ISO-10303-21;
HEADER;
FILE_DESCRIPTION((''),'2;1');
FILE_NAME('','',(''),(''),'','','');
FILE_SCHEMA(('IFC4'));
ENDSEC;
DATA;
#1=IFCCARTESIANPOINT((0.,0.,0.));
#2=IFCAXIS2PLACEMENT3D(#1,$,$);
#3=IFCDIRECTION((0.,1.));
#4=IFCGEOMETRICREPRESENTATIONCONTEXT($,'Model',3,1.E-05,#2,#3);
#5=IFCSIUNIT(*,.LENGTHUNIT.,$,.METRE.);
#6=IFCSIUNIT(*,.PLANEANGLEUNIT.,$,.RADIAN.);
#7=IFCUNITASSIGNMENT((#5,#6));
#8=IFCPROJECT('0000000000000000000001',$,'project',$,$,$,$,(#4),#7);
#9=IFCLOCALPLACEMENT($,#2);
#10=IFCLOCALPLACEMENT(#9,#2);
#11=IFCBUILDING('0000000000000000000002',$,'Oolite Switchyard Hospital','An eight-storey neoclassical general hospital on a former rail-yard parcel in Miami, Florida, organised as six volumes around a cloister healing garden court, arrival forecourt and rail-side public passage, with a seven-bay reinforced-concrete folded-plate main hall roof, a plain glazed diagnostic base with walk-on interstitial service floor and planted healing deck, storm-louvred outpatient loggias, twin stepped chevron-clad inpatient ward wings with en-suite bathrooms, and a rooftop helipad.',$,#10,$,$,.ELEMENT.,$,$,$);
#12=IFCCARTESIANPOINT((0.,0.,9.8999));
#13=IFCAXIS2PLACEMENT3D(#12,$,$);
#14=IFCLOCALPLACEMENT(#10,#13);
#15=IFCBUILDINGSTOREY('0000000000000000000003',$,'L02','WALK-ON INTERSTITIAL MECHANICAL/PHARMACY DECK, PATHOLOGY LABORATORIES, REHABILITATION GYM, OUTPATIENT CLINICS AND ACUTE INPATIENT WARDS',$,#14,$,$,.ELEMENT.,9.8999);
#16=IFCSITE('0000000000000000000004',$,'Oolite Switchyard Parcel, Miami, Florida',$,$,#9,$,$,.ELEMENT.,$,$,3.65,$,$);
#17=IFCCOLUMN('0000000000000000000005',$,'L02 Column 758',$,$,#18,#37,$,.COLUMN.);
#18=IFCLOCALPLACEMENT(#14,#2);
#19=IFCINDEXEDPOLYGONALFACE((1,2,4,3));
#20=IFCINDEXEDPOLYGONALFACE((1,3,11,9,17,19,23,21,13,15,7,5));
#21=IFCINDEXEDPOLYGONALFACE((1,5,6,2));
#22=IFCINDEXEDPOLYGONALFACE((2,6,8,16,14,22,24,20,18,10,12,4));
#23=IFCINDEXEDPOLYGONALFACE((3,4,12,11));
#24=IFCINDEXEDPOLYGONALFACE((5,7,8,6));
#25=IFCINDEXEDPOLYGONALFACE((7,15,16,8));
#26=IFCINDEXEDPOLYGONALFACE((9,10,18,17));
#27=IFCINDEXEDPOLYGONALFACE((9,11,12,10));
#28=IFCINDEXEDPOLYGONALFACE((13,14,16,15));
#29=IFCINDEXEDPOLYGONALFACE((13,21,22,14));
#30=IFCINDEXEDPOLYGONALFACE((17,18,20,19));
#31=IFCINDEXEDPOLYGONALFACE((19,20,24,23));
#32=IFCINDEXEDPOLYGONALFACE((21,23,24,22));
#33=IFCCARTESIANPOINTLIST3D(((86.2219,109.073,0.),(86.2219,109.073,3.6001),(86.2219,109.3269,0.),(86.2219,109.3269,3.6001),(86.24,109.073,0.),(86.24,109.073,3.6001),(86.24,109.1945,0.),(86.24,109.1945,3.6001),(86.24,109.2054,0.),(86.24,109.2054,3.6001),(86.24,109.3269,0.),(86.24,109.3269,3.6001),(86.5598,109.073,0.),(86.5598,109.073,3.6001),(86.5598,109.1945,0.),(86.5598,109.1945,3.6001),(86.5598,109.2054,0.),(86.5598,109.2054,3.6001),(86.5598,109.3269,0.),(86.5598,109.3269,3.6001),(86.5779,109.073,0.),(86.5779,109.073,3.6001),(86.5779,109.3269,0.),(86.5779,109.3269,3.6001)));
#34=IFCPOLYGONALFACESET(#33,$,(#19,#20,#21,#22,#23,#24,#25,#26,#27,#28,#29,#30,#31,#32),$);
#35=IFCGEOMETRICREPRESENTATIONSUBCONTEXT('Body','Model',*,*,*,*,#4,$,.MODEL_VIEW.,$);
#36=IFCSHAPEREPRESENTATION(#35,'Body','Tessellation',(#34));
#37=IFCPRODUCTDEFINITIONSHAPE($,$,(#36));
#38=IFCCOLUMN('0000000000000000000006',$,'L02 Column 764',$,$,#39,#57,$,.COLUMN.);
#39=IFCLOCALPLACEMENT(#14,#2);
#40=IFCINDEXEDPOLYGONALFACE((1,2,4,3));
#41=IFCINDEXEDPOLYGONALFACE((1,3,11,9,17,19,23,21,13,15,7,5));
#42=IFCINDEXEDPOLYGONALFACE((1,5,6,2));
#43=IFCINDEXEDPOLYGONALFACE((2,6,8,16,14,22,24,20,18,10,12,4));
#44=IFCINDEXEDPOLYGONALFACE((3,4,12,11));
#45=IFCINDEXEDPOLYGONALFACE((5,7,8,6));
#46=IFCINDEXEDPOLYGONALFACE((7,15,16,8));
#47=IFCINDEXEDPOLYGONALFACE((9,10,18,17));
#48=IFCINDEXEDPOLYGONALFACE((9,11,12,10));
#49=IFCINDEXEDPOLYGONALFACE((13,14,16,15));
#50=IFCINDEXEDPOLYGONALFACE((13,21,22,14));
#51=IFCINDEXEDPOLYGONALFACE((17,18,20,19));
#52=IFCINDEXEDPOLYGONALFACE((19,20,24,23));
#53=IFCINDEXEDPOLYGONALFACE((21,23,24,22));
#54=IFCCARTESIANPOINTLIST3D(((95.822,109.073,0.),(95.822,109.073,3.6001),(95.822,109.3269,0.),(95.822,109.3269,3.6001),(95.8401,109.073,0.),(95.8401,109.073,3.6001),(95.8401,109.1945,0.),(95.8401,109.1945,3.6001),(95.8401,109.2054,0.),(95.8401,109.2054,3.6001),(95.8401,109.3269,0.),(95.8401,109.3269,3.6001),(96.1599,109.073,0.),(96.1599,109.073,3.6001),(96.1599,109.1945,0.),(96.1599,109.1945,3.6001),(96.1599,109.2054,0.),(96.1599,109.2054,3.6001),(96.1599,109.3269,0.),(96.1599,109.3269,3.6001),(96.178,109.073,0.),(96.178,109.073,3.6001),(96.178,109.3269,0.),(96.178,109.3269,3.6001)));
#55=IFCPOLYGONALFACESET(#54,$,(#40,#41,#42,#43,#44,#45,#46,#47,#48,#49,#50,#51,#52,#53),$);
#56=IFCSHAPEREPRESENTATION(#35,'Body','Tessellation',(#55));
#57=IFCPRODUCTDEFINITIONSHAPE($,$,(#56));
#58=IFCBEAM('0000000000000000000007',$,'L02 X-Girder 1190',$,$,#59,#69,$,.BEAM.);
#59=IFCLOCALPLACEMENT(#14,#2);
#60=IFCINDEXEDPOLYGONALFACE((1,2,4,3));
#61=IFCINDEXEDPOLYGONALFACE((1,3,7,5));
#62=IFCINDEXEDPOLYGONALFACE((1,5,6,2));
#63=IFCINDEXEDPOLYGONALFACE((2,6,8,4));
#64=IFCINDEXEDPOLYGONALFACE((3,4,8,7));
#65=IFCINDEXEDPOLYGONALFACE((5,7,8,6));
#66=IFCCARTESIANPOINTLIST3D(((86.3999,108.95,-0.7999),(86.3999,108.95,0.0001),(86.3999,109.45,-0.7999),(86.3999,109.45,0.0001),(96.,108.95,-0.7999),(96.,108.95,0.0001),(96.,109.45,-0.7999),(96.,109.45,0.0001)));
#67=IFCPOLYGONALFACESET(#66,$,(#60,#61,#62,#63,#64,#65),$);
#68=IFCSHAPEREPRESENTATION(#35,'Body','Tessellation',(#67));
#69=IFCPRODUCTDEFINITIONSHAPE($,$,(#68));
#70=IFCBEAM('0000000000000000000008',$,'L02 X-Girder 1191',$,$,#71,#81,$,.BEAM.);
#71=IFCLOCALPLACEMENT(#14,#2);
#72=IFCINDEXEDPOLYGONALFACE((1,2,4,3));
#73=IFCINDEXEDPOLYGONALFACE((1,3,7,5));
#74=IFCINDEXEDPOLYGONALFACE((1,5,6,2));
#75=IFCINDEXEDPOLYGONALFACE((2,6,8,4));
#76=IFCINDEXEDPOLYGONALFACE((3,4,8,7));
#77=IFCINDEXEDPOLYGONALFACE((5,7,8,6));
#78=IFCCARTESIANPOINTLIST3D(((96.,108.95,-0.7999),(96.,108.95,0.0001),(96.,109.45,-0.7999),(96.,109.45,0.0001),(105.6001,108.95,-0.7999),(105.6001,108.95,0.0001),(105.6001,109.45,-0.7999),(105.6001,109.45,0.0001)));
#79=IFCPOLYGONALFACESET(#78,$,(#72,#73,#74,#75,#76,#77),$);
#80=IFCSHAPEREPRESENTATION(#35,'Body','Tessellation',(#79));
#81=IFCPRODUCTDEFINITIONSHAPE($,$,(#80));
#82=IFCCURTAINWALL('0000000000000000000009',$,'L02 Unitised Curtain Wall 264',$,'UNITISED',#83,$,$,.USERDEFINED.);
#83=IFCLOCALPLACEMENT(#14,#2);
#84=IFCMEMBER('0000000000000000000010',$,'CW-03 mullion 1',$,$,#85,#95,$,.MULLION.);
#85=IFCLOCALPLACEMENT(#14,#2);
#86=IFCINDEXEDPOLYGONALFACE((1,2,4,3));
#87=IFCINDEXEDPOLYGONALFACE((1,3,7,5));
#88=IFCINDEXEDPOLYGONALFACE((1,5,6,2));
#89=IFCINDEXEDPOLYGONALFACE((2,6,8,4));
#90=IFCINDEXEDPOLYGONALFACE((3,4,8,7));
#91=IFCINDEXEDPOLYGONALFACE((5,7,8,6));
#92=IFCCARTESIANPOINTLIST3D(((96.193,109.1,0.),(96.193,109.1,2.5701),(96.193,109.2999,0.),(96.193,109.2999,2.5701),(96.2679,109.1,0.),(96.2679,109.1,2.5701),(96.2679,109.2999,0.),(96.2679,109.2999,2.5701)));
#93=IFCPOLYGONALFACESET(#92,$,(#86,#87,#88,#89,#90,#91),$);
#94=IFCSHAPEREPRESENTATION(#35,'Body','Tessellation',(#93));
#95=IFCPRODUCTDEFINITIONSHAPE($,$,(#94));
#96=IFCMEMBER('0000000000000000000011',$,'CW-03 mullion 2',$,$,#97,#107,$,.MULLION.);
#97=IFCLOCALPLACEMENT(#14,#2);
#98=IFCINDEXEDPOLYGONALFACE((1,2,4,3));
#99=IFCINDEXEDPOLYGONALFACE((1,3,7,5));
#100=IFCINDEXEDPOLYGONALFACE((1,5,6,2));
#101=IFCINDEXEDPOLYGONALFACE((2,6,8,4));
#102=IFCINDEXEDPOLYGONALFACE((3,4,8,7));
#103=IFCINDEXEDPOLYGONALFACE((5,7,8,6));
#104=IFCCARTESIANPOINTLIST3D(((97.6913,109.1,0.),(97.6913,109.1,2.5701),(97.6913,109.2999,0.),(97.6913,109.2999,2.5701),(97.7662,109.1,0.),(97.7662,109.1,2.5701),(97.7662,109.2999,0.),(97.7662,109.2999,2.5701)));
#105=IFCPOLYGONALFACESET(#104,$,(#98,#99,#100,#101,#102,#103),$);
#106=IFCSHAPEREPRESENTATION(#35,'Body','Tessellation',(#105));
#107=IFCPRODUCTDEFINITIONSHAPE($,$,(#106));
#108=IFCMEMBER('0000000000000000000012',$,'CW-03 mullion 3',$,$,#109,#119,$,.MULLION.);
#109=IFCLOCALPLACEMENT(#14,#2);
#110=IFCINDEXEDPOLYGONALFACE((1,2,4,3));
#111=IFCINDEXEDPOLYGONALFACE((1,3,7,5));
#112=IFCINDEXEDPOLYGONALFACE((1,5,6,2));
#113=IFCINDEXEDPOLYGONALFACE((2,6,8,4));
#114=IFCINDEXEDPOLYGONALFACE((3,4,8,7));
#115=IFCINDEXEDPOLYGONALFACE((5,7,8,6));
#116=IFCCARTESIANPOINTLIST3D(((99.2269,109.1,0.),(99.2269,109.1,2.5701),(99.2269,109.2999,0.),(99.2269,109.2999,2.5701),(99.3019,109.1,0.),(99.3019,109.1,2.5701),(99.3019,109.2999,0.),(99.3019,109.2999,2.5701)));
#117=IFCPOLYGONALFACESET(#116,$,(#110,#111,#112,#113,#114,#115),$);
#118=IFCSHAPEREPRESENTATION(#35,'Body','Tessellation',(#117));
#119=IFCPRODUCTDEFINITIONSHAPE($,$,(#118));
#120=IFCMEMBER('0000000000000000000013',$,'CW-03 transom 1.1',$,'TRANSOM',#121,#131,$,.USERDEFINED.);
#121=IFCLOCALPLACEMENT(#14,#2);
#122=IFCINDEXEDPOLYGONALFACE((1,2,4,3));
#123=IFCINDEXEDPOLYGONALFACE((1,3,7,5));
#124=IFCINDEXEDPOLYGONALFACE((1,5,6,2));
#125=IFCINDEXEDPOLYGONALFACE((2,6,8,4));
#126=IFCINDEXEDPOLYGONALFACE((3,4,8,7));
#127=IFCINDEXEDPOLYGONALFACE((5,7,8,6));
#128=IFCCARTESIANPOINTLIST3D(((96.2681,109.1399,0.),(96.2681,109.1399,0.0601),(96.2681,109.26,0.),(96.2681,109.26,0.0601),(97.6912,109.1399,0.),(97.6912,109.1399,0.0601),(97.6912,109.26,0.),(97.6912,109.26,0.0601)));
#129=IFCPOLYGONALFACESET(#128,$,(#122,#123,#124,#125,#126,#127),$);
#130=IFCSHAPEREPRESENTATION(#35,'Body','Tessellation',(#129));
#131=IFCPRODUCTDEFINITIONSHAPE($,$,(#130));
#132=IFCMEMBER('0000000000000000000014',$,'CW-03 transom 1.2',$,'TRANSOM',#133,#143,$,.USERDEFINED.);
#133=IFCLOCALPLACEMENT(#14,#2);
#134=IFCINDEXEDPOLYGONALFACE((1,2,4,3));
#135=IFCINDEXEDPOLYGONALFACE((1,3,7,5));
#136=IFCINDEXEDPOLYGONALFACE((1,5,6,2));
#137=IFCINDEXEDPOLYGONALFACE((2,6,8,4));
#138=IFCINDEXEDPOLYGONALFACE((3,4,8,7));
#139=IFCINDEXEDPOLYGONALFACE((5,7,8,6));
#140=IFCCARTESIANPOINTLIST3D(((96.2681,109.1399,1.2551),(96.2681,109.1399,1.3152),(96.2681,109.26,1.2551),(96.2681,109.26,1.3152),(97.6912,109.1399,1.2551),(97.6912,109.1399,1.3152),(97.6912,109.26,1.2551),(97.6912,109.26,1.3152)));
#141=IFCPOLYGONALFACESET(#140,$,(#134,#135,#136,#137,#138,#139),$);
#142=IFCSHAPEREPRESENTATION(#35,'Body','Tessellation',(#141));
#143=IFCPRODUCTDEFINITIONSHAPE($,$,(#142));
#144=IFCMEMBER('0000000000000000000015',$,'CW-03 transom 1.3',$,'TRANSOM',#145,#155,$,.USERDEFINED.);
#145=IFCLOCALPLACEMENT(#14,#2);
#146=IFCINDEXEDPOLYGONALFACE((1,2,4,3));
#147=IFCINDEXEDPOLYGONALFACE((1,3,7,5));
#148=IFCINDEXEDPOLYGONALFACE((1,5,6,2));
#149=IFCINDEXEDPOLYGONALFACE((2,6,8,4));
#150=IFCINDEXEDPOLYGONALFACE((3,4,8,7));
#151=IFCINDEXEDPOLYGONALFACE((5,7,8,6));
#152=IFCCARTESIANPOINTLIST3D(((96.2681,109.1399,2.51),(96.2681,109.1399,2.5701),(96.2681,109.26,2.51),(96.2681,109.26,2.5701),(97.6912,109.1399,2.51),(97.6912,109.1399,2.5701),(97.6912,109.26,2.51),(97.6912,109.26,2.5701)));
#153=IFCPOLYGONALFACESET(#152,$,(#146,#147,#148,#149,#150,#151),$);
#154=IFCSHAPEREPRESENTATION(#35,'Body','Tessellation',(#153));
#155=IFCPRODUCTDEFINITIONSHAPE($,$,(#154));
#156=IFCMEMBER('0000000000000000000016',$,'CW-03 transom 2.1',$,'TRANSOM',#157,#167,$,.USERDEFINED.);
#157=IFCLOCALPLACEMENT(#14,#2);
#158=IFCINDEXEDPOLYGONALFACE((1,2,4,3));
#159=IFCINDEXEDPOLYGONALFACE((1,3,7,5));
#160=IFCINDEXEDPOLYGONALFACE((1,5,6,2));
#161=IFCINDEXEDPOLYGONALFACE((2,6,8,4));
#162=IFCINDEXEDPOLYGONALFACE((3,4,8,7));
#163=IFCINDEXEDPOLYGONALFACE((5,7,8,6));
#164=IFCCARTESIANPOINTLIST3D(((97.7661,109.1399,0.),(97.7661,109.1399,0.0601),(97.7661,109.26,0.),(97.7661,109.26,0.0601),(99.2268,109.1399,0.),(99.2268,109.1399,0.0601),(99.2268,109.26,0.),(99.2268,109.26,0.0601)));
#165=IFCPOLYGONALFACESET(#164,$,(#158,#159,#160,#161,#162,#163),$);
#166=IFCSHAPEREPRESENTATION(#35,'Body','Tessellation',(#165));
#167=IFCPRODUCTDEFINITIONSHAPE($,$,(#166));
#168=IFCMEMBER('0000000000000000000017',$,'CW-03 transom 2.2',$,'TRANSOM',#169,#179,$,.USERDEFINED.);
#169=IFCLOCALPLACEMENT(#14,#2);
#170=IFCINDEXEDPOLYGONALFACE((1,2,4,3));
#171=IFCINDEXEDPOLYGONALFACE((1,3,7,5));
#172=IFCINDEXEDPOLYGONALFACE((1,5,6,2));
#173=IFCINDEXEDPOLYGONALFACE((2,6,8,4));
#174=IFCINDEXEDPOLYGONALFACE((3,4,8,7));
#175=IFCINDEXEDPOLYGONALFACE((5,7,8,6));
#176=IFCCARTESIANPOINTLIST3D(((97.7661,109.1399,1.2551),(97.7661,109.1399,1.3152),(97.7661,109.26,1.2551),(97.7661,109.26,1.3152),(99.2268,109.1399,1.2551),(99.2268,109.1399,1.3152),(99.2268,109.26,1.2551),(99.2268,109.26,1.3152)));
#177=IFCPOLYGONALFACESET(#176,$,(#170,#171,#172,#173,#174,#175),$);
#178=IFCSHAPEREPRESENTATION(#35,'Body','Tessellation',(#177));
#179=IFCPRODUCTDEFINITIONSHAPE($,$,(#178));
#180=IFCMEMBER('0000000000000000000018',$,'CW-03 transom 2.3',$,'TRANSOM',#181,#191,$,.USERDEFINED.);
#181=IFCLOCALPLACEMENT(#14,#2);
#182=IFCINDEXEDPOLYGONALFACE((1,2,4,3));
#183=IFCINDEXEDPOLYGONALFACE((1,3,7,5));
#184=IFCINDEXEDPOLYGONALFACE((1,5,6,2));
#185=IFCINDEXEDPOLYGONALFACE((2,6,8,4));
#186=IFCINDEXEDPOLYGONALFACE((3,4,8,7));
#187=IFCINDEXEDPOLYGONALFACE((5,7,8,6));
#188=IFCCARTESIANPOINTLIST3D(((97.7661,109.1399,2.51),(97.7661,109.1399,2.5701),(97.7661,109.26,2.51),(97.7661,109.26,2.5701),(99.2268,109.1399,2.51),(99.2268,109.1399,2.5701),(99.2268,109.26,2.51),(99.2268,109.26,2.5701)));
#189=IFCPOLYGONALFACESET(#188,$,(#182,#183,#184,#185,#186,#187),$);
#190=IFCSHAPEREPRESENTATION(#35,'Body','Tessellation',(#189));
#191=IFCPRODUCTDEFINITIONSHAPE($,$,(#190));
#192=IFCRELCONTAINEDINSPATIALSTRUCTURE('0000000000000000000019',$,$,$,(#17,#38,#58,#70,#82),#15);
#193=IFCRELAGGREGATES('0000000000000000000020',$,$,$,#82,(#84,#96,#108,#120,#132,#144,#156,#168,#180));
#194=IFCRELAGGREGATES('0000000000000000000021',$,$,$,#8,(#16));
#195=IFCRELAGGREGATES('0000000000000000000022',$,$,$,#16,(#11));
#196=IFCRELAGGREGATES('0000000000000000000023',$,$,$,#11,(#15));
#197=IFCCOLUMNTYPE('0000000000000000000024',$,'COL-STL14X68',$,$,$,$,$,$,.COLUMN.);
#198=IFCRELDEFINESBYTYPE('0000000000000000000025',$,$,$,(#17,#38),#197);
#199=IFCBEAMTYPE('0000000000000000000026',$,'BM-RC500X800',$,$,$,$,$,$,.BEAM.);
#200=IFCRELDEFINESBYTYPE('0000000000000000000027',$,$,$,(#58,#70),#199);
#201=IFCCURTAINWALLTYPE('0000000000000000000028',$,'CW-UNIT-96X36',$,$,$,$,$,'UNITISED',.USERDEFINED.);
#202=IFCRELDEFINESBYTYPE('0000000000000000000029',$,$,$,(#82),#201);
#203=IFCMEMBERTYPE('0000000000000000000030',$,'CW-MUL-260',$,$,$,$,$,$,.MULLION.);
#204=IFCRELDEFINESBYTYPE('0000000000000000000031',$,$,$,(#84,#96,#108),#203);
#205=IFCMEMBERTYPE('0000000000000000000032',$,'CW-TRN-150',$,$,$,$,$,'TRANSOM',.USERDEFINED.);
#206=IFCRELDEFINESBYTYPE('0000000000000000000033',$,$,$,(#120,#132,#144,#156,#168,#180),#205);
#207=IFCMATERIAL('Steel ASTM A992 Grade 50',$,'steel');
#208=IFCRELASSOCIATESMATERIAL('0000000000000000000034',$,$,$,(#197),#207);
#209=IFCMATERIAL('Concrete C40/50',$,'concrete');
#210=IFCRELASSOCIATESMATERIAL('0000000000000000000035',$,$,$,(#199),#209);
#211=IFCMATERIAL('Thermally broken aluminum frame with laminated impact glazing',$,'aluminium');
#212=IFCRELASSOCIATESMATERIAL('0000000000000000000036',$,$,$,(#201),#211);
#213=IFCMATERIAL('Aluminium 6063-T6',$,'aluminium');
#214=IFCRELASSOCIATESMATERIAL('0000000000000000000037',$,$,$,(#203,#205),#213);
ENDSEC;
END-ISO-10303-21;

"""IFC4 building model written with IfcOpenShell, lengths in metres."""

from ifc_helpers import new_model, si_unit, direction, frame, origin, origin_2d, place, context, subcontext, project, spatial, rectangle, i_section, extrude, material, material_profile, profile_set, type_object, element, aggregate, save


model = new_model("IFC4")

# Units and contexts
model_context = context("Model", 3, precision=1e-05, world=origin(), true_north=direction((0.0, 1.0)))
body_context = subcontext(model_context, "Body", "Model", "MODEL_VIEW")
ifc_project = project(units=[si_unit("LENGTHUNIT", "METRE"), si_unit("PLANEANGLEUNIT", "RADIAN")], contexts=[model_context])

# Site, building, storey
site_placement = place(None, origin())
site = spatial("IfcSite", under=ifc_project, at=site_placement, Name="Oolite Switchyard Parcel, Miami, Florida", CompositionType="ELEMENT", RefElevation=3.65)
building_placement = place(site_placement, origin())
building = spatial("IfcBuilding", under=site, at=building_placement, Name="Oolite Switchyard Hospital", Description="An eight-storey neoclassical general hospital on a former rail-yard parcel in Miami, Florida, organised as six volumes around a cloister healing garden court, arrival forecourt and rail-side public passage, with a seven-bay reinforced-concrete folded-plate main hall roof, a plain glazed diagnostic base with walk-on interstitial service floor and planted healing deck, storm-louvred outpatient loggias, twin stepped chevron-clad inpatient ward wings with en-suite bathrooms, and a rooftop helipad.", CompositionType="ELEMENT")
storey_placement = place(building_placement, frame((0.0, 0.0, 9.8999)))
storey = spatial("IfcBuildingStorey", under=building, at=storey_placement, Name="L02", Description="WALK-ON INTERSTITIAL MECHANICAL/PHARMACY DECK, PATHOLOGY LABORATORIES, REHABILITATION GYM, OUTPATIENT CLINICS AND ACUTE INPATIENT WARDS", CompositionType="ELEMENT", Elevation=9.8999)

# Columns
ifc_material_1 = material(Name="Steel ASTM A992 Grade 50", Category="steel")
ifc_material_profile_1 = material_profile(ifc_material_1, i_section(OverallWidth=0.2539, OverallDepth=0.356, WebThickness=0.011, FlangeThickness=0.0181, at=origin_2d()), Name="W14X68")
ifc_profile_set_1 = profile_set([ifc_material_profile_1], Name="Steel ASTM A992 Grade 50")
column_type = type_object("IfcColumnType", Name="COL-STL14X68", PredefinedType="COLUMN", material=ifc_profile_set_1)
for number, where, z_axis, x_axis, name in (
    (1, (86.3999, 109.2, 0.0), (0.0, 0.0, 1.0), (0.0, -1.0, 0.0), "L02 Column 758"),
    (2, (96.0, 109.2, 0.0), (0.0, 0.0, 1.0), (0.0, -1.0, 0.0), "L02 Column 764"),
):
    element("IfcColumn", number, at=place(storey_placement, frame(where, z_axis=z_axis, x_axis=x_axis)), inside=storey, type_object=column_type, Name=name, PredefinedType="COLUMN", context=body_context, shape_type="SweptSolid", body=[
        extrude(i_section(OverallWidth=0.2539, OverallDepth=0.356, WebThickness=0.011, FlangeThickness=0.0181, at=origin_2d()), origin(), (0.0, 0.0, 1.0), 3.6001),
    ])

# Beams
ifc_material_2 = material(Name="Concrete C40/50", Category="concrete")
ifc_material_profile_2 = material_profile(ifc_material_2, rectangle(XDim=0.5, YDim=0.8, at=origin_2d()), Name="RCB500X800")
ifc_profile_set_2 = profile_set([ifc_material_profile_2], Name="Concrete C40/50")
beam_type = type_object("IfcBeamType", Name="BM-RC500X800", PredefinedType="BEAM", material=ifc_profile_set_2)
for number, where, z_axis, x_axis, name in (
    (3, (86.3999, 109.2, -0.3999), (1.0, 0.0, 0.0), (0.0, 1.0, 0.0), "L02 X-Girder 1190"),
    (4, (96.0, 109.2, -0.3999), (1.0, 0.0, 0.0), (0.0, 1.0, 0.0), "L02 X-Girder 1191"),
):
    element("IfcBeam", number, at=place(storey_placement, frame(where, z_axis=z_axis, x_axis=x_axis)), inside=storey, type_object=beam_type, Name=name, PredefinedType="BEAM", context=body_context, shape_type="SweptSolid", body=[
        extrude(rectangle(XDim=0.5, YDim=0.8, at=origin_2d()), origin(), (0.0, 0.0, 1.0), 9.6001),
    ])

# Curtain wall, members
ifc_material_3 = material(Name="Thermally broken aluminum frame with laminated impact glazing", Category="aluminium")
curtain_wall_type = type_object("IfcCurtainWallType", Name="CW-UNIT-96X36", ElementType="UNITISED", PredefinedType="USERDEFINED", material=ifc_material_3)
curtain_wall_placement = place(storey_placement, origin())
curtain_wall = element("IfcCurtainWall", 5, at=curtain_wall_placement, inside=storey, type_object=curtain_wall_type, Name="L02 Unitised Curtain Wall 264", ObjectType="UNITISED", PredefinedType="USERDEFINED")
ifc_material_4 = material(Name="Aluminium 6063-T6", Category="aluminium")
ifc_material_profile_3 = material_profile(ifc_material_4, rectangle(XDim=0.2, YDim=0.075, at=origin_2d()), Name="CWM75X200")
ifc_profile_set_3 = profile_set([ifc_material_profile_3], Name="Aluminium 6063-T6")
member_type_1 = type_object("IfcMemberType", Name="CW-MUL-260", PredefinedType="MULLION", material=ifc_profile_set_3)
member_1_placement = place(storey_placement, frame((96.2305, 109.2, 0.0), z_axis=(0.0, 0.0, 1.0), x_axis=(0.0, 1.0, 0.0)))
member_1 = element("IfcMember", 6, at=member_1_placement, type_object=member_type_1, Name="CW-03 mullion 1", PredefinedType="MULLION", context=body_context, shape_type="SweptSolid", body=[
    extrude(rectangle(XDim=0.2, YDim=0.075, at=origin_2d()), origin(), (0.0, 0.0, 1.0), 2.5701),
])
member_2_placement = place(storey_placement, frame((97.7288, 109.2, 0.0), z_axis=(0.0, 0.0, 1.0), x_axis=(0.0, 1.0, 0.0)))
member_2 = element("IfcMember", 7, at=member_2_placement, type_object=member_type_1, Name="CW-03 mullion 2", PredefinedType="MULLION", context=body_context, shape_type="SweptSolid", body=[
    extrude(rectangle(XDim=0.2, YDim=0.075, at=origin_2d()), origin(), (0.0, 0.0, 1.0), 2.5701),
])
member_3_placement = place(storey_placement, frame((99.2644, 109.2, 0.0), z_axis=(0.0, 0.0, 1.0), x_axis=(0.0, 1.0, 0.0)))
member_3 = element("IfcMember", 8, at=member_3_placement, type_object=member_type_1, Name="CW-03 mullion 3", PredefinedType="MULLION", context=body_context, shape_type="SweptSolid", body=[
    extrude(rectangle(XDim=0.2, YDim=0.075, at=origin_2d()), origin(), (0.0, 0.0, 1.0), 2.5701),
])
ifc_material_profile_4 = material_profile(ifc_material_4, rectangle(XDim=0.1201, YDim=0.0601, at=origin_2d()), Name="CWT60X120")
ifc_profile_set_4 = profile_set([ifc_material_profile_4], Name="Aluminium 6063-T6")
member_type_2 = type_object("IfcMemberType", Name="CW-TRN-150", ElementType="TRANSOM", PredefinedType="USERDEFINED", material=ifc_profile_set_4)
member_4_placement = place(storey_placement, frame((96.2681, 109.2, 0.03), z_axis=(1.0, 0.0, 0.0), x_axis=(0.0, 1.0, 0.0)))
member_4 = element("IfcMember", 9, at=member_4_placement, type_object=member_type_2, Name="CW-03 transom 1.1", ObjectType="TRANSOM", PredefinedType="USERDEFINED", context=body_context, shape_type="SweptSolid", body=[
    extrude(rectangle(XDim=0.1201, YDim=0.0601, at=origin_2d()), origin(), (0.0, 0.0, 1.0), 1.4231),
])
member_5_placement = place(storey_placement, frame((96.2681, 109.2, 1.2852), z_axis=(1.0, 0.0, 0.0), x_axis=(0.0, 1.0, 0.0)))
member_5 = element("IfcMember", 10, at=member_5_placement, type_object=member_type_2, Name="CW-03 transom 1.2", ObjectType="TRANSOM", PredefinedType="USERDEFINED", context=body_context, shape_type="SweptSolid", body=[
    extrude(rectangle(XDim=0.1201, YDim=0.0601, at=origin_2d()), origin(), (0.0, 0.0, 1.0), 1.4231),
])
member_6_placement = place(storey_placement, frame((96.2681, 109.2, 2.54), z_axis=(1.0, 0.0, 0.0), x_axis=(0.0, 1.0, 0.0)))
member_6 = element("IfcMember", 11, at=member_6_placement, type_object=member_type_2, Name="CW-03 transom 1.3", ObjectType="TRANSOM", PredefinedType="USERDEFINED", context=body_context, shape_type="SweptSolid", body=[
    extrude(rectangle(XDim=0.1201, YDim=0.0601, at=origin_2d()), origin(), (0.0, 0.0, 1.0), 1.4231),
])
member_7_placement = place(storey_placement, frame((97.7661, 109.2, 0.03), z_axis=(1.0, 0.0, 0.0), x_axis=(0.0, 1.0, 0.0)))
member_7 = element("IfcMember", 12, at=member_7_placement, type_object=member_type_2, Name="CW-03 transom 2.1", ObjectType="TRANSOM", PredefinedType="USERDEFINED", context=body_context, shape_type="SweptSolid", body=[
    extrude(rectangle(XDim=0.1201, YDim=0.0601, at=origin_2d()), origin(), (0.0, 0.0, 1.0), 1.4607),
])
member_8_placement = place(storey_placement, frame((97.7661, 109.2, 1.2852), z_axis=(1.0, 0.0, 0.0), x_axis=(0.0, 1.0, 0.0)))
member_8 = element("IfcMember", 13, at=member_8_placement, type_object=member_type_2, Name="CW-03 transom 2.2", ObjectType="TRANSOM", PredefinedType="USERDEFINED", context=body_context, shape_type="SweptSolid", body=[
    extrude(rectangle(XDim=0.1201, YDim=0.0601, at=origin_2d()), origin(), (0.0, 0.0, 1.0), 1.4607),
])
member_9_placement = place(storey_placement, frame((97.7661, 109.2, 2.54), z_axis=(1.0, 0.0, 0.0), x_axis=(0.0, 1.0, 0.0)))
member_9 = element("IfcMember", 14, at=member_9_placement, type_object=member_type_2, Name="CW-03 transom 2.3", ObjectType="TRANSOM", PredefinedType="USERDEFINED", context=body_context, shape_type="SweptSolid", body=[
    extrude(rectangle(XDim=0.1201, YDim=0.0601, at=origin_2d()), origin(), (0.0, 0.0, 1.0), 1.4607),
])
aggregate(curtain_wall, [member_1, member_2, member_3, member_4, member_5, member_6, member_7, member_8, member_9])

save(model, "model.ifc")
